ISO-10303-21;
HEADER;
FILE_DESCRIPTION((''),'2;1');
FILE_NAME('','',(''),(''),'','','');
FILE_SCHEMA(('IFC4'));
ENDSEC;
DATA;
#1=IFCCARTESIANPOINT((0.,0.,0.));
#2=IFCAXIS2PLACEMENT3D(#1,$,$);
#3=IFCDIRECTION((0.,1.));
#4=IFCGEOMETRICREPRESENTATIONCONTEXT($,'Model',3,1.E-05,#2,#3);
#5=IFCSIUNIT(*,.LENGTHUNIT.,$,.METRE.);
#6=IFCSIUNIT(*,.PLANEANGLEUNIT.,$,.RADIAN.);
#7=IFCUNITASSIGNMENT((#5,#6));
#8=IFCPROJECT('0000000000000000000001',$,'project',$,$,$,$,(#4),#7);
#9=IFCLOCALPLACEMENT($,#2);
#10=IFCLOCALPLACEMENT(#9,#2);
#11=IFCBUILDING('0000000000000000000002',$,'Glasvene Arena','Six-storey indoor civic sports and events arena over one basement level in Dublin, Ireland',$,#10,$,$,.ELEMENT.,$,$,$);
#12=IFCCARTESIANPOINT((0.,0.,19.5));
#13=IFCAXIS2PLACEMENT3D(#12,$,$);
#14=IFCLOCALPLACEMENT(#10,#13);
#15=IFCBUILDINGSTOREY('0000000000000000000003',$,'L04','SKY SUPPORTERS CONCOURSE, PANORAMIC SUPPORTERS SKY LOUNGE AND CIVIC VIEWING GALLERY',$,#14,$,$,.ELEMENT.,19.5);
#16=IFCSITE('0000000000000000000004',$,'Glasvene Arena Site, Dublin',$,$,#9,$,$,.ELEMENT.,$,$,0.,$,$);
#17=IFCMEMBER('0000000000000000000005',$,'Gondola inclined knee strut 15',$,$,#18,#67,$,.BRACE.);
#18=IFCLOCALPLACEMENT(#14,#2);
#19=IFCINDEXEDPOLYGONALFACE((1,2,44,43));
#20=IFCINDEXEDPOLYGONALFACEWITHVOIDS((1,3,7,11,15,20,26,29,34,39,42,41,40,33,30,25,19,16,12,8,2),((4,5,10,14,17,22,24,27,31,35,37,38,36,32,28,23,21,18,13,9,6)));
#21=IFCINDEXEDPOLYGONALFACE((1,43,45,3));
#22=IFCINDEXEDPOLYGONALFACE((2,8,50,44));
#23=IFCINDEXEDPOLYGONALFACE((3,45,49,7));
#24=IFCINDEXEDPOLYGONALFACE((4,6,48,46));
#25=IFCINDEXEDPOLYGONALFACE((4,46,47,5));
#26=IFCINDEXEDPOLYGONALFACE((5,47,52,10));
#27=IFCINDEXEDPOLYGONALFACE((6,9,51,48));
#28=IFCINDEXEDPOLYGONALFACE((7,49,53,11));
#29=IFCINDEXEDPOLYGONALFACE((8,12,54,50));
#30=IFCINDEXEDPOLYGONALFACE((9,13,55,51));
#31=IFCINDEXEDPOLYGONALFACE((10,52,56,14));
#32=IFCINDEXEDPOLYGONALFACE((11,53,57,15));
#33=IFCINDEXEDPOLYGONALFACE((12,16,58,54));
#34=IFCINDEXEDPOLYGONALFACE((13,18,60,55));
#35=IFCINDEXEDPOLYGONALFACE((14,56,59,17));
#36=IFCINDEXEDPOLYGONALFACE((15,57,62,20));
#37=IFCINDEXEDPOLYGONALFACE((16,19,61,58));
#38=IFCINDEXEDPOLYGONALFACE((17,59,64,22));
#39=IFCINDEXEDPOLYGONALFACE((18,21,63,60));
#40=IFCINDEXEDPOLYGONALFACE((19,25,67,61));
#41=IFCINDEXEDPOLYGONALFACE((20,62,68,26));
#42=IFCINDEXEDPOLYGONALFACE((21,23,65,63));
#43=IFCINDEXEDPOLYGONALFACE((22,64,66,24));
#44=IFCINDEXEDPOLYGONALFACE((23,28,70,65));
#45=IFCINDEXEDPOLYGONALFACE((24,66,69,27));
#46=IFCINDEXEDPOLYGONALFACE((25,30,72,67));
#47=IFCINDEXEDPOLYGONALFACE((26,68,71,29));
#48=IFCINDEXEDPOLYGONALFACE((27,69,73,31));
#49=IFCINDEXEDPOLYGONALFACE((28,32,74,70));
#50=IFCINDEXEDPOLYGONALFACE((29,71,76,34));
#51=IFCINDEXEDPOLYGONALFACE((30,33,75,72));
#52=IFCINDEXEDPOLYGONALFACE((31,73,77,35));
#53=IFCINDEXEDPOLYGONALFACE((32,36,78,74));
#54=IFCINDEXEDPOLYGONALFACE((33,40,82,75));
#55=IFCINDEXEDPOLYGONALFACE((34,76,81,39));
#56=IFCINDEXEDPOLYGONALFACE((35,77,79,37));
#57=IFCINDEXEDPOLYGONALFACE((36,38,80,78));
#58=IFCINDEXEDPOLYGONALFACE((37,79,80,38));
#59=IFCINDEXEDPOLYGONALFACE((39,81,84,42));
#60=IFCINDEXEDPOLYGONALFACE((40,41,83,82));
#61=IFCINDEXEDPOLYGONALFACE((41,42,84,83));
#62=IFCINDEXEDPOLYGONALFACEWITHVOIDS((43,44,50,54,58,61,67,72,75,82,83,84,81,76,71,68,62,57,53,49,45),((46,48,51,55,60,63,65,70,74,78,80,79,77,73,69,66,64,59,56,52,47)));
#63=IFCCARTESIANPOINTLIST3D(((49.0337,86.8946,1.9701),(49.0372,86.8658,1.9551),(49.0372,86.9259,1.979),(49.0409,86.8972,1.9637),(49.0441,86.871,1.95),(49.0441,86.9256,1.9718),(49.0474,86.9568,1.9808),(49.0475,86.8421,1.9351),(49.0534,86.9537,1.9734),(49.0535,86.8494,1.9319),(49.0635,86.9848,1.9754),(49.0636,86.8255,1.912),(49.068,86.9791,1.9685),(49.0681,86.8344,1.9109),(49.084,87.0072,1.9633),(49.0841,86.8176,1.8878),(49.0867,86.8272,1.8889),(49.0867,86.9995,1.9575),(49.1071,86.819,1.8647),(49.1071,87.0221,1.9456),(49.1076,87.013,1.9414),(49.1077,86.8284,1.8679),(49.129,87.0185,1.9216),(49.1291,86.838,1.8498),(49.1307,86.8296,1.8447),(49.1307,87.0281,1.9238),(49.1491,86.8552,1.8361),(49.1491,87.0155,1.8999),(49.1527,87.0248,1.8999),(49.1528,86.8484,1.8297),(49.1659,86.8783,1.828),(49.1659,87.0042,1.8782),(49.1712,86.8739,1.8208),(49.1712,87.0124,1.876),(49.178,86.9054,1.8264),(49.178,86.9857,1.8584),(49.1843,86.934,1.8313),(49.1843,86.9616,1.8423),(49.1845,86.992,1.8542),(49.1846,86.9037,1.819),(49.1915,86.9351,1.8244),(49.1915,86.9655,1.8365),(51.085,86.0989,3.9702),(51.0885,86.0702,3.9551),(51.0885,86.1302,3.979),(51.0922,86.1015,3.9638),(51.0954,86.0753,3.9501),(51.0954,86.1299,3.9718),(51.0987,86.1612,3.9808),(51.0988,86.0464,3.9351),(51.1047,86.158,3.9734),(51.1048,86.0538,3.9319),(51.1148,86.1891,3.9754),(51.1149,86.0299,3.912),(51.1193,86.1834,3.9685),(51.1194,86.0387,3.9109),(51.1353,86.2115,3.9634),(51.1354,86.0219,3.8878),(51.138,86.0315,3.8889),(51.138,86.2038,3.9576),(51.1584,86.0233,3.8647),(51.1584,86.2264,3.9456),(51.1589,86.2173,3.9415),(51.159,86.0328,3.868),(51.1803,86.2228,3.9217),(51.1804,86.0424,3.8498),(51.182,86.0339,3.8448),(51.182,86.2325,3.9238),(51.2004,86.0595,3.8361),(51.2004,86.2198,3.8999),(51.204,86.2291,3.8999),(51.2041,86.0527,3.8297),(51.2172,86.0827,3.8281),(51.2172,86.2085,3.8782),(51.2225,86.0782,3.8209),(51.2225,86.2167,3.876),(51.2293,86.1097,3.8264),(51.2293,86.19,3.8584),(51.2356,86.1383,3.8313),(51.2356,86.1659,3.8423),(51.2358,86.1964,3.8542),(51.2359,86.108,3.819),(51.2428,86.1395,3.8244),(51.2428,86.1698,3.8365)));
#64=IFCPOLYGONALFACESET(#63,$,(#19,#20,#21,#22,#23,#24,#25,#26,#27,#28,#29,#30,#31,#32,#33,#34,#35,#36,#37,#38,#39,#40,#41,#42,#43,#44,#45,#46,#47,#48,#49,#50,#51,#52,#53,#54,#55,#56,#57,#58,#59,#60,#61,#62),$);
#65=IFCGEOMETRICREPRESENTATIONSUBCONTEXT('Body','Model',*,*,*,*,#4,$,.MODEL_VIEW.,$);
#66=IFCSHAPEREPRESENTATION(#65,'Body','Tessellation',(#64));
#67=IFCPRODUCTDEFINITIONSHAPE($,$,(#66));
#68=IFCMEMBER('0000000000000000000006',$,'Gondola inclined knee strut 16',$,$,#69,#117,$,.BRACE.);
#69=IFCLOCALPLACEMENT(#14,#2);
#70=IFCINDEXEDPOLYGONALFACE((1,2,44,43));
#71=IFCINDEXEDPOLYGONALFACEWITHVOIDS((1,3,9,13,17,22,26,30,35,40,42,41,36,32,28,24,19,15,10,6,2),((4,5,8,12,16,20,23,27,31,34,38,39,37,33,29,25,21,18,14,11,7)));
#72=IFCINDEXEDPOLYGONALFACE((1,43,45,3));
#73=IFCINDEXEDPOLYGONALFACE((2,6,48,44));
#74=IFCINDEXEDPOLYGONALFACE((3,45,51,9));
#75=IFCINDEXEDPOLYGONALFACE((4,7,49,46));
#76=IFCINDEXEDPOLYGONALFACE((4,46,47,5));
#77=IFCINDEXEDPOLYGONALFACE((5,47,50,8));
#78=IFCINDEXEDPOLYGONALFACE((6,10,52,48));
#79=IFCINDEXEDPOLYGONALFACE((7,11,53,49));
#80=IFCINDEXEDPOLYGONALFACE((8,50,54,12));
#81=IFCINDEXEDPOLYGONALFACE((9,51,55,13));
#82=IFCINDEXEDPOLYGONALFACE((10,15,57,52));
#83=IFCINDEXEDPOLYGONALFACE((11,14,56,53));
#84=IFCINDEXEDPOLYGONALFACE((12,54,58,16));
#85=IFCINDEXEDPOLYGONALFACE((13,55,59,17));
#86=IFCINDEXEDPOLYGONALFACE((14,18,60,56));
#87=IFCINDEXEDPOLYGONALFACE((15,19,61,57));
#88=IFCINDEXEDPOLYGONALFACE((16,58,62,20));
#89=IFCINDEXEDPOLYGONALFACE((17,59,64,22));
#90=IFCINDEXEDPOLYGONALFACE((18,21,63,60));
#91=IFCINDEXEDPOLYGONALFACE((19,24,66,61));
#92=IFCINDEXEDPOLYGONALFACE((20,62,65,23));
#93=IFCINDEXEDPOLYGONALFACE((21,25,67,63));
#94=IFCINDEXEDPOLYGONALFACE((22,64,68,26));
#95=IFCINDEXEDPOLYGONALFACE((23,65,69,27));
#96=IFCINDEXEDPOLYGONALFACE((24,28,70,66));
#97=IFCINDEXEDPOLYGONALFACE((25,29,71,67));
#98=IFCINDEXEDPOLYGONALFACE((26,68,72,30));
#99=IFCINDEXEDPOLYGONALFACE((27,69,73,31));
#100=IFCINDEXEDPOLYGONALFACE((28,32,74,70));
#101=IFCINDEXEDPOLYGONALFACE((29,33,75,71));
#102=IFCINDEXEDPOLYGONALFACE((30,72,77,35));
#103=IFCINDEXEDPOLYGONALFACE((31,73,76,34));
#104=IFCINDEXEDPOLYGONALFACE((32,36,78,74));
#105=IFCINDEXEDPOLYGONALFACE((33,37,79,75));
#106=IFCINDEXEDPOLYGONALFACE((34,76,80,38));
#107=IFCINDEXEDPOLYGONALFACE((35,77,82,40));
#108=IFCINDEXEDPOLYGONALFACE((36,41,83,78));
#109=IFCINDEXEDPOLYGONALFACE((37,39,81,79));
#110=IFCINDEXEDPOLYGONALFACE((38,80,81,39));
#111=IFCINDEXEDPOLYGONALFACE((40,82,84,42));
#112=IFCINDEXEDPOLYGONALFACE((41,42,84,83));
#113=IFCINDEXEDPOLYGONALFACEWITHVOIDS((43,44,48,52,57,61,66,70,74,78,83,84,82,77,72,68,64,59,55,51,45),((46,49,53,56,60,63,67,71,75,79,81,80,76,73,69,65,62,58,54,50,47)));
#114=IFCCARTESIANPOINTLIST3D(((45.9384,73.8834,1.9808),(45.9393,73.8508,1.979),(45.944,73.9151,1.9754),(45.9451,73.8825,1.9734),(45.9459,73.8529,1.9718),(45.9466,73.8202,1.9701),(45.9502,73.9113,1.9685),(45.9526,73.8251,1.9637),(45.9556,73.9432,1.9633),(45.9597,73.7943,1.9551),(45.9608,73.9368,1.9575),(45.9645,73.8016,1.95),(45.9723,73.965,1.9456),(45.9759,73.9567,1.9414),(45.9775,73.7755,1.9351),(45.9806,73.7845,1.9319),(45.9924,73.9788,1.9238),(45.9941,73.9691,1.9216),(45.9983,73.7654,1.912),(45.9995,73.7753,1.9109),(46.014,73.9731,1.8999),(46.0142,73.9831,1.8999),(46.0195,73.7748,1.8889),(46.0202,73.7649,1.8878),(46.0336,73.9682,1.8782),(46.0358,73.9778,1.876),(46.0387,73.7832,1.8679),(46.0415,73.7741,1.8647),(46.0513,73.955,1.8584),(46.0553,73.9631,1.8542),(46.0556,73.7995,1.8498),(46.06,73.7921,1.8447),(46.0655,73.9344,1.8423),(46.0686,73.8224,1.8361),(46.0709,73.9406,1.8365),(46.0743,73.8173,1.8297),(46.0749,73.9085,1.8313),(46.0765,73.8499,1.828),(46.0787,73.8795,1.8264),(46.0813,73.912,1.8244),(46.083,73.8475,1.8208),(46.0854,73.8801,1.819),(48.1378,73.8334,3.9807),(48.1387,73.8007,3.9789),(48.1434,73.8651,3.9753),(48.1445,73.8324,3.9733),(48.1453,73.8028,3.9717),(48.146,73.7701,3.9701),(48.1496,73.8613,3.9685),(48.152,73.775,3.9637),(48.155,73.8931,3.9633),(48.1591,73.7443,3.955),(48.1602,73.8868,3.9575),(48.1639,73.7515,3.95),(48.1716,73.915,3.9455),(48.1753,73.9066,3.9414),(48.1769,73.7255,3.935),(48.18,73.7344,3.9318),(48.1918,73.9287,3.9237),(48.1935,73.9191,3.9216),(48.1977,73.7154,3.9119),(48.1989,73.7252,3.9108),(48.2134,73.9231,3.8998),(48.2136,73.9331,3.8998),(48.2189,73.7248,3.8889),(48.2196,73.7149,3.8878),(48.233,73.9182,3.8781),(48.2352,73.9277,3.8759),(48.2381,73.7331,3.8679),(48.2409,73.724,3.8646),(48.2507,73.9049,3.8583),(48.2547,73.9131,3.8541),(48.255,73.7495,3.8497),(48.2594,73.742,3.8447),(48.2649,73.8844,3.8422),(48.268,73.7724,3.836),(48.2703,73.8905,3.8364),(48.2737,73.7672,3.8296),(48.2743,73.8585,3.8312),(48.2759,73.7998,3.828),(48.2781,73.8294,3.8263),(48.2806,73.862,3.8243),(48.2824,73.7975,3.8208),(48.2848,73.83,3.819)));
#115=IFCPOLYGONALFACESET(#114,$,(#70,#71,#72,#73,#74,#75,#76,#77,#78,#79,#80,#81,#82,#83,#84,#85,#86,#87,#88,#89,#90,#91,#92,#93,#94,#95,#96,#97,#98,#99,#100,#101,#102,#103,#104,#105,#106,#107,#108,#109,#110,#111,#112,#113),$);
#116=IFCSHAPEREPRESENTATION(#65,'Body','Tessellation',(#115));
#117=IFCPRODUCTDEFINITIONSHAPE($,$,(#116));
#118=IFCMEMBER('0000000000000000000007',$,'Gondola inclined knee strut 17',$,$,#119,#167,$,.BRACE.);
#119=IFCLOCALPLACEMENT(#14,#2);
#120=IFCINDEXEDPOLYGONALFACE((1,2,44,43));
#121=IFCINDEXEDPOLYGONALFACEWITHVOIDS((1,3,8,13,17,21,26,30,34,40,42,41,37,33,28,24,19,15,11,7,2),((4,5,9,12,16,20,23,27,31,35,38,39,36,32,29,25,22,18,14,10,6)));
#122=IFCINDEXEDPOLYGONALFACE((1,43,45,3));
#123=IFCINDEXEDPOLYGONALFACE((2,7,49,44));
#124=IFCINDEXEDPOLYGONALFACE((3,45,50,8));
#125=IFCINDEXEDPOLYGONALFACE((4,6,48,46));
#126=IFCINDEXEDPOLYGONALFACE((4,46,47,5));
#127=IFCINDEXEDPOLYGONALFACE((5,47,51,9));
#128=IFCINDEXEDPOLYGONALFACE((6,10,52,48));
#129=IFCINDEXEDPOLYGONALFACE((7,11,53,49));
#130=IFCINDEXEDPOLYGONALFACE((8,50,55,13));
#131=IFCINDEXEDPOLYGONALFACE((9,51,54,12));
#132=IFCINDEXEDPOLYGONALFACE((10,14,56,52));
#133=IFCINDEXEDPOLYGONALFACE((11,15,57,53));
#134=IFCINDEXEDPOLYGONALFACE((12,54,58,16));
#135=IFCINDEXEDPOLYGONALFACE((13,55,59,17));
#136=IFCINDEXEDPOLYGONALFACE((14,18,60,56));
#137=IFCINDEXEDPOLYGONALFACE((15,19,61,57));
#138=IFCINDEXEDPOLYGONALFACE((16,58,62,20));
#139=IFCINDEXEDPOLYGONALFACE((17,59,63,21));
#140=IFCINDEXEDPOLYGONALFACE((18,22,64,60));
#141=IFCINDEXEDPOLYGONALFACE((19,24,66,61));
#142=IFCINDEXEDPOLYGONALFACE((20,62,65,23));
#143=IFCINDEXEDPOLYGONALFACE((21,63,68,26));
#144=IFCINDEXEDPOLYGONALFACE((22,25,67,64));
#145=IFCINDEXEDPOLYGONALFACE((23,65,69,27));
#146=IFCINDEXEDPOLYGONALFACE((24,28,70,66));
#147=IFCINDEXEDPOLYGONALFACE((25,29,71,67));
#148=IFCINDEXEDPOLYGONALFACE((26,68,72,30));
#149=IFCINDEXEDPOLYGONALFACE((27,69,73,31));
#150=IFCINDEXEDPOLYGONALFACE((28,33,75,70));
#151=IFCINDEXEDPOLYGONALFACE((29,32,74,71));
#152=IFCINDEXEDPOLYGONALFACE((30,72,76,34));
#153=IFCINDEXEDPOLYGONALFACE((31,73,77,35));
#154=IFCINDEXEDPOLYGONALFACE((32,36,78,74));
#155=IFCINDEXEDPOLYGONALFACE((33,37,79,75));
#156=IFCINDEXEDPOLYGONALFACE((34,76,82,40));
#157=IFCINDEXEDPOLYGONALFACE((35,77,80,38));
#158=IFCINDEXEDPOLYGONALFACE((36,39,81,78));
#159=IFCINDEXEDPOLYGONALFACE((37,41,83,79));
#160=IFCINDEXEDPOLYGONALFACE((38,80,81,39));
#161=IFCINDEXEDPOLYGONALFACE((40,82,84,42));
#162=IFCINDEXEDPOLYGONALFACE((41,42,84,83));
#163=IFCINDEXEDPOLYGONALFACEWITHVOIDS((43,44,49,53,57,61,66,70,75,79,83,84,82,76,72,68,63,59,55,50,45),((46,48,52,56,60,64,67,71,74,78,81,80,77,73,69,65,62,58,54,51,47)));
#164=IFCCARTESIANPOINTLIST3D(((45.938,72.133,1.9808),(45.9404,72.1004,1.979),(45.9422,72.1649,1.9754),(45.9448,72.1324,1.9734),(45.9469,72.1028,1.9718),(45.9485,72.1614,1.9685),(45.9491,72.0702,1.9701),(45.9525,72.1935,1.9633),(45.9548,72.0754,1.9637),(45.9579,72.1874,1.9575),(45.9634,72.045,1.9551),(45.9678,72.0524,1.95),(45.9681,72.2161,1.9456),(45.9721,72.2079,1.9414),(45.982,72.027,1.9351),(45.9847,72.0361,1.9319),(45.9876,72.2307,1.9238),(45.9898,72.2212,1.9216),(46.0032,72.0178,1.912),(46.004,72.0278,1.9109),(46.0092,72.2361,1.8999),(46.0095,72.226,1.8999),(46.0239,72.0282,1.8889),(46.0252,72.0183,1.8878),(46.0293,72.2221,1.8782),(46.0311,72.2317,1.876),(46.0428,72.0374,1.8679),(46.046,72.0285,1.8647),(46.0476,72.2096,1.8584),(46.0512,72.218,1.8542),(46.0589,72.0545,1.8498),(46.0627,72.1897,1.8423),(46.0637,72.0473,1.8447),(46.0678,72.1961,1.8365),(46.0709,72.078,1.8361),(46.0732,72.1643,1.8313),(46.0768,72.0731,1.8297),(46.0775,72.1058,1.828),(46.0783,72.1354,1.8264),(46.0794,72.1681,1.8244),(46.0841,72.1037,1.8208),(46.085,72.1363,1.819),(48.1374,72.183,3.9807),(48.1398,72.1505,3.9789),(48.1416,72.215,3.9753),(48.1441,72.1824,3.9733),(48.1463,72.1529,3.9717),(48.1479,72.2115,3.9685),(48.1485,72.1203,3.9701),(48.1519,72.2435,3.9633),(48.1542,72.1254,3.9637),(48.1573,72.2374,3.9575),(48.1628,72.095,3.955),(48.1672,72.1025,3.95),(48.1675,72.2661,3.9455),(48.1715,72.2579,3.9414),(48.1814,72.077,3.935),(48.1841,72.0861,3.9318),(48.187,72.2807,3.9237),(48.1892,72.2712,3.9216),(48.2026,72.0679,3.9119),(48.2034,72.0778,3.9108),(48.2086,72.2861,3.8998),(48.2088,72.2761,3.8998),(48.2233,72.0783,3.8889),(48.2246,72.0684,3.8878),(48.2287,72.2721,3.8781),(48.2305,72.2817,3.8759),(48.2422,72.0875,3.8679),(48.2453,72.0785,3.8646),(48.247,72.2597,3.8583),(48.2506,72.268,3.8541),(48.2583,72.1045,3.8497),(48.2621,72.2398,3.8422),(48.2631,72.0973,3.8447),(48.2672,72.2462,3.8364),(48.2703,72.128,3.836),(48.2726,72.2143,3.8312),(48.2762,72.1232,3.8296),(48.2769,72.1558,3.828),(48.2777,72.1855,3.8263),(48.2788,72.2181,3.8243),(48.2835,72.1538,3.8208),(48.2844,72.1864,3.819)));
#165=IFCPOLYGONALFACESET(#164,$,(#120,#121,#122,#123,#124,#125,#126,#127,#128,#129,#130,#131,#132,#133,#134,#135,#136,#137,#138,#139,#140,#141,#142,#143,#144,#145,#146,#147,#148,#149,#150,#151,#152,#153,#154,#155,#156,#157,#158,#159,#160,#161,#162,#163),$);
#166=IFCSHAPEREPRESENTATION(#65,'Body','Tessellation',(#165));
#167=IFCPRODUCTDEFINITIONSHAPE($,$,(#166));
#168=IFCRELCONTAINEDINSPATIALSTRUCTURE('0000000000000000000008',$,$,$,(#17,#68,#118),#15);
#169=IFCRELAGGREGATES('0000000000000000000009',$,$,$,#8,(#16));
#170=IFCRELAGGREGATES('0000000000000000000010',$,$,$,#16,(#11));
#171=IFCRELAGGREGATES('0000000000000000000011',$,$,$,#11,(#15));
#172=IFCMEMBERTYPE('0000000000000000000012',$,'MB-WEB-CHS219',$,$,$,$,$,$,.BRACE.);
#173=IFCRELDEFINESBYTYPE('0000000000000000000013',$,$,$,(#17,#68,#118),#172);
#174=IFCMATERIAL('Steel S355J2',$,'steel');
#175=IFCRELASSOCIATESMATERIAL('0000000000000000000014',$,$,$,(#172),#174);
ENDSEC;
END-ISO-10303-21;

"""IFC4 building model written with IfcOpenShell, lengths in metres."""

from ifc_helpers import new_model, si_unit, direction, frame, origin, origin_2d, place, context, subcontext, project, spatial, hollow_circle, extrude, material, material_profile, profile_set, type_object, element, save


model = new_model("IFC4")

# Units and contexts
model_context = context("Model", 3, precision=1e-05, world=origin(), true_north=direction((0.0, 1.0)))
body_context = subcontext(model_context, "Body", "Model", "MODEL_VIEW")
ifc_project = project(units=[si_unit("LENGTHUNIT", "METRE"), si_unit("PLANEANGLEUNIT", "RADIAN")], contexts=[model_context])

# Site, building, storey
site_placement = place(None, origin())
site = spatial("IfcSite", under=ifc_project, at=site_placement, Name="Glasvene Arena Site, Dublin", CompositionType="ELEMENT", RefElevation=0.0)
building_placement = place(site_placement, origin())
building = spatial("IfcBuilding", under=site, at=building_placement, Name="Glasvene Arena", Description="Six-storey indoor civic sports and events arena over one basement level in Dublin, Ireland", CompositionType="ELEMENT")
storey_placement = place(building_placement, frame((0.0, 0.0, 19.5)))
storey = spatial("IfcBuildingStorey", under=building, at=storey_placement, Name="L04", Description="SKY SUPPORTERS CONCOURSE, PANORAMIC SUPPORTERS SKY LOUNGE AND CIVIC VIEWING GALLERY", CompositionType="ELEMENT", Elevation=19.5)

# Shared definitions
ifc_material_1 = material(Name="Steel S355J2", Category="steel")

# Members
ifc_material_profile_1 = material_profile(ifc_material_1, hollow_circle(Radius=0.1096, WallThickness=0.01, at=origin_2d()), Name="CHS 219.1x10.0")
ifc_profile_set_1 = profile_set([ifc_material_profile_1], Name="Steel S355J2")
member_type = type_object("IfcMemberType", Name="MB-WEB-CHS219", PredefinedType="BRACE", material=ifc_profile_set_1)
for number, where, z_axis, x_axis, name in (
    (1, (49.113, 86.9226, 1.8999), (0.689886, -0.267596, 0.672643), (0.361632, 0.932321, 0.0), "Gondola inclined knee strut 15"),
):
    element("IfcMember", number, at=place(storey_placement, frame(where, z_axis=z_axis, x_axis=x_axis)), inside=storey, type_object=member_type, Name=name, PredefinedType="BRACE", context=body_context, shape_type="SweptSolid", body=[
        extrude(hollow_circle(Radius=0.1096, WallThickness=0.01, at=origin_2d()), origin(), (0.0, 0.0, 1.0), 2.9734),
    ])
for number, where, z_axis, x_axis, name in (
    (2, (46.0117, 73.8735, 1.8999), (0.739753, -0.016833, 0.672667), (0.022749, 0.999741, 0.0), "Gondola inclined knee strut 16"),
    (3, (46.0117, 72.1265, 1.8999), (0.739753, 0.016833, 0.672667), (-0.022749, 0.999741, 0.0), "Gondola inclined knee strut 17"),
):
    element("IfcMember", number, at=place(storey_placement, frame(where, z_axis=z_axis, x_axis=x_axis)), inside=storey, type_object=member_type, Name=name, PredefinedType="BRACE", context=body_context, shape_type="SweptSolid", body=[
        extrude(hollow_circle(Radius=0.1096, WallThickness=0.01, at=origin_2d()), origin(), (0.0, 0.0, 1.0), 2.9731),
    ])

save(model, "model.ifc")
